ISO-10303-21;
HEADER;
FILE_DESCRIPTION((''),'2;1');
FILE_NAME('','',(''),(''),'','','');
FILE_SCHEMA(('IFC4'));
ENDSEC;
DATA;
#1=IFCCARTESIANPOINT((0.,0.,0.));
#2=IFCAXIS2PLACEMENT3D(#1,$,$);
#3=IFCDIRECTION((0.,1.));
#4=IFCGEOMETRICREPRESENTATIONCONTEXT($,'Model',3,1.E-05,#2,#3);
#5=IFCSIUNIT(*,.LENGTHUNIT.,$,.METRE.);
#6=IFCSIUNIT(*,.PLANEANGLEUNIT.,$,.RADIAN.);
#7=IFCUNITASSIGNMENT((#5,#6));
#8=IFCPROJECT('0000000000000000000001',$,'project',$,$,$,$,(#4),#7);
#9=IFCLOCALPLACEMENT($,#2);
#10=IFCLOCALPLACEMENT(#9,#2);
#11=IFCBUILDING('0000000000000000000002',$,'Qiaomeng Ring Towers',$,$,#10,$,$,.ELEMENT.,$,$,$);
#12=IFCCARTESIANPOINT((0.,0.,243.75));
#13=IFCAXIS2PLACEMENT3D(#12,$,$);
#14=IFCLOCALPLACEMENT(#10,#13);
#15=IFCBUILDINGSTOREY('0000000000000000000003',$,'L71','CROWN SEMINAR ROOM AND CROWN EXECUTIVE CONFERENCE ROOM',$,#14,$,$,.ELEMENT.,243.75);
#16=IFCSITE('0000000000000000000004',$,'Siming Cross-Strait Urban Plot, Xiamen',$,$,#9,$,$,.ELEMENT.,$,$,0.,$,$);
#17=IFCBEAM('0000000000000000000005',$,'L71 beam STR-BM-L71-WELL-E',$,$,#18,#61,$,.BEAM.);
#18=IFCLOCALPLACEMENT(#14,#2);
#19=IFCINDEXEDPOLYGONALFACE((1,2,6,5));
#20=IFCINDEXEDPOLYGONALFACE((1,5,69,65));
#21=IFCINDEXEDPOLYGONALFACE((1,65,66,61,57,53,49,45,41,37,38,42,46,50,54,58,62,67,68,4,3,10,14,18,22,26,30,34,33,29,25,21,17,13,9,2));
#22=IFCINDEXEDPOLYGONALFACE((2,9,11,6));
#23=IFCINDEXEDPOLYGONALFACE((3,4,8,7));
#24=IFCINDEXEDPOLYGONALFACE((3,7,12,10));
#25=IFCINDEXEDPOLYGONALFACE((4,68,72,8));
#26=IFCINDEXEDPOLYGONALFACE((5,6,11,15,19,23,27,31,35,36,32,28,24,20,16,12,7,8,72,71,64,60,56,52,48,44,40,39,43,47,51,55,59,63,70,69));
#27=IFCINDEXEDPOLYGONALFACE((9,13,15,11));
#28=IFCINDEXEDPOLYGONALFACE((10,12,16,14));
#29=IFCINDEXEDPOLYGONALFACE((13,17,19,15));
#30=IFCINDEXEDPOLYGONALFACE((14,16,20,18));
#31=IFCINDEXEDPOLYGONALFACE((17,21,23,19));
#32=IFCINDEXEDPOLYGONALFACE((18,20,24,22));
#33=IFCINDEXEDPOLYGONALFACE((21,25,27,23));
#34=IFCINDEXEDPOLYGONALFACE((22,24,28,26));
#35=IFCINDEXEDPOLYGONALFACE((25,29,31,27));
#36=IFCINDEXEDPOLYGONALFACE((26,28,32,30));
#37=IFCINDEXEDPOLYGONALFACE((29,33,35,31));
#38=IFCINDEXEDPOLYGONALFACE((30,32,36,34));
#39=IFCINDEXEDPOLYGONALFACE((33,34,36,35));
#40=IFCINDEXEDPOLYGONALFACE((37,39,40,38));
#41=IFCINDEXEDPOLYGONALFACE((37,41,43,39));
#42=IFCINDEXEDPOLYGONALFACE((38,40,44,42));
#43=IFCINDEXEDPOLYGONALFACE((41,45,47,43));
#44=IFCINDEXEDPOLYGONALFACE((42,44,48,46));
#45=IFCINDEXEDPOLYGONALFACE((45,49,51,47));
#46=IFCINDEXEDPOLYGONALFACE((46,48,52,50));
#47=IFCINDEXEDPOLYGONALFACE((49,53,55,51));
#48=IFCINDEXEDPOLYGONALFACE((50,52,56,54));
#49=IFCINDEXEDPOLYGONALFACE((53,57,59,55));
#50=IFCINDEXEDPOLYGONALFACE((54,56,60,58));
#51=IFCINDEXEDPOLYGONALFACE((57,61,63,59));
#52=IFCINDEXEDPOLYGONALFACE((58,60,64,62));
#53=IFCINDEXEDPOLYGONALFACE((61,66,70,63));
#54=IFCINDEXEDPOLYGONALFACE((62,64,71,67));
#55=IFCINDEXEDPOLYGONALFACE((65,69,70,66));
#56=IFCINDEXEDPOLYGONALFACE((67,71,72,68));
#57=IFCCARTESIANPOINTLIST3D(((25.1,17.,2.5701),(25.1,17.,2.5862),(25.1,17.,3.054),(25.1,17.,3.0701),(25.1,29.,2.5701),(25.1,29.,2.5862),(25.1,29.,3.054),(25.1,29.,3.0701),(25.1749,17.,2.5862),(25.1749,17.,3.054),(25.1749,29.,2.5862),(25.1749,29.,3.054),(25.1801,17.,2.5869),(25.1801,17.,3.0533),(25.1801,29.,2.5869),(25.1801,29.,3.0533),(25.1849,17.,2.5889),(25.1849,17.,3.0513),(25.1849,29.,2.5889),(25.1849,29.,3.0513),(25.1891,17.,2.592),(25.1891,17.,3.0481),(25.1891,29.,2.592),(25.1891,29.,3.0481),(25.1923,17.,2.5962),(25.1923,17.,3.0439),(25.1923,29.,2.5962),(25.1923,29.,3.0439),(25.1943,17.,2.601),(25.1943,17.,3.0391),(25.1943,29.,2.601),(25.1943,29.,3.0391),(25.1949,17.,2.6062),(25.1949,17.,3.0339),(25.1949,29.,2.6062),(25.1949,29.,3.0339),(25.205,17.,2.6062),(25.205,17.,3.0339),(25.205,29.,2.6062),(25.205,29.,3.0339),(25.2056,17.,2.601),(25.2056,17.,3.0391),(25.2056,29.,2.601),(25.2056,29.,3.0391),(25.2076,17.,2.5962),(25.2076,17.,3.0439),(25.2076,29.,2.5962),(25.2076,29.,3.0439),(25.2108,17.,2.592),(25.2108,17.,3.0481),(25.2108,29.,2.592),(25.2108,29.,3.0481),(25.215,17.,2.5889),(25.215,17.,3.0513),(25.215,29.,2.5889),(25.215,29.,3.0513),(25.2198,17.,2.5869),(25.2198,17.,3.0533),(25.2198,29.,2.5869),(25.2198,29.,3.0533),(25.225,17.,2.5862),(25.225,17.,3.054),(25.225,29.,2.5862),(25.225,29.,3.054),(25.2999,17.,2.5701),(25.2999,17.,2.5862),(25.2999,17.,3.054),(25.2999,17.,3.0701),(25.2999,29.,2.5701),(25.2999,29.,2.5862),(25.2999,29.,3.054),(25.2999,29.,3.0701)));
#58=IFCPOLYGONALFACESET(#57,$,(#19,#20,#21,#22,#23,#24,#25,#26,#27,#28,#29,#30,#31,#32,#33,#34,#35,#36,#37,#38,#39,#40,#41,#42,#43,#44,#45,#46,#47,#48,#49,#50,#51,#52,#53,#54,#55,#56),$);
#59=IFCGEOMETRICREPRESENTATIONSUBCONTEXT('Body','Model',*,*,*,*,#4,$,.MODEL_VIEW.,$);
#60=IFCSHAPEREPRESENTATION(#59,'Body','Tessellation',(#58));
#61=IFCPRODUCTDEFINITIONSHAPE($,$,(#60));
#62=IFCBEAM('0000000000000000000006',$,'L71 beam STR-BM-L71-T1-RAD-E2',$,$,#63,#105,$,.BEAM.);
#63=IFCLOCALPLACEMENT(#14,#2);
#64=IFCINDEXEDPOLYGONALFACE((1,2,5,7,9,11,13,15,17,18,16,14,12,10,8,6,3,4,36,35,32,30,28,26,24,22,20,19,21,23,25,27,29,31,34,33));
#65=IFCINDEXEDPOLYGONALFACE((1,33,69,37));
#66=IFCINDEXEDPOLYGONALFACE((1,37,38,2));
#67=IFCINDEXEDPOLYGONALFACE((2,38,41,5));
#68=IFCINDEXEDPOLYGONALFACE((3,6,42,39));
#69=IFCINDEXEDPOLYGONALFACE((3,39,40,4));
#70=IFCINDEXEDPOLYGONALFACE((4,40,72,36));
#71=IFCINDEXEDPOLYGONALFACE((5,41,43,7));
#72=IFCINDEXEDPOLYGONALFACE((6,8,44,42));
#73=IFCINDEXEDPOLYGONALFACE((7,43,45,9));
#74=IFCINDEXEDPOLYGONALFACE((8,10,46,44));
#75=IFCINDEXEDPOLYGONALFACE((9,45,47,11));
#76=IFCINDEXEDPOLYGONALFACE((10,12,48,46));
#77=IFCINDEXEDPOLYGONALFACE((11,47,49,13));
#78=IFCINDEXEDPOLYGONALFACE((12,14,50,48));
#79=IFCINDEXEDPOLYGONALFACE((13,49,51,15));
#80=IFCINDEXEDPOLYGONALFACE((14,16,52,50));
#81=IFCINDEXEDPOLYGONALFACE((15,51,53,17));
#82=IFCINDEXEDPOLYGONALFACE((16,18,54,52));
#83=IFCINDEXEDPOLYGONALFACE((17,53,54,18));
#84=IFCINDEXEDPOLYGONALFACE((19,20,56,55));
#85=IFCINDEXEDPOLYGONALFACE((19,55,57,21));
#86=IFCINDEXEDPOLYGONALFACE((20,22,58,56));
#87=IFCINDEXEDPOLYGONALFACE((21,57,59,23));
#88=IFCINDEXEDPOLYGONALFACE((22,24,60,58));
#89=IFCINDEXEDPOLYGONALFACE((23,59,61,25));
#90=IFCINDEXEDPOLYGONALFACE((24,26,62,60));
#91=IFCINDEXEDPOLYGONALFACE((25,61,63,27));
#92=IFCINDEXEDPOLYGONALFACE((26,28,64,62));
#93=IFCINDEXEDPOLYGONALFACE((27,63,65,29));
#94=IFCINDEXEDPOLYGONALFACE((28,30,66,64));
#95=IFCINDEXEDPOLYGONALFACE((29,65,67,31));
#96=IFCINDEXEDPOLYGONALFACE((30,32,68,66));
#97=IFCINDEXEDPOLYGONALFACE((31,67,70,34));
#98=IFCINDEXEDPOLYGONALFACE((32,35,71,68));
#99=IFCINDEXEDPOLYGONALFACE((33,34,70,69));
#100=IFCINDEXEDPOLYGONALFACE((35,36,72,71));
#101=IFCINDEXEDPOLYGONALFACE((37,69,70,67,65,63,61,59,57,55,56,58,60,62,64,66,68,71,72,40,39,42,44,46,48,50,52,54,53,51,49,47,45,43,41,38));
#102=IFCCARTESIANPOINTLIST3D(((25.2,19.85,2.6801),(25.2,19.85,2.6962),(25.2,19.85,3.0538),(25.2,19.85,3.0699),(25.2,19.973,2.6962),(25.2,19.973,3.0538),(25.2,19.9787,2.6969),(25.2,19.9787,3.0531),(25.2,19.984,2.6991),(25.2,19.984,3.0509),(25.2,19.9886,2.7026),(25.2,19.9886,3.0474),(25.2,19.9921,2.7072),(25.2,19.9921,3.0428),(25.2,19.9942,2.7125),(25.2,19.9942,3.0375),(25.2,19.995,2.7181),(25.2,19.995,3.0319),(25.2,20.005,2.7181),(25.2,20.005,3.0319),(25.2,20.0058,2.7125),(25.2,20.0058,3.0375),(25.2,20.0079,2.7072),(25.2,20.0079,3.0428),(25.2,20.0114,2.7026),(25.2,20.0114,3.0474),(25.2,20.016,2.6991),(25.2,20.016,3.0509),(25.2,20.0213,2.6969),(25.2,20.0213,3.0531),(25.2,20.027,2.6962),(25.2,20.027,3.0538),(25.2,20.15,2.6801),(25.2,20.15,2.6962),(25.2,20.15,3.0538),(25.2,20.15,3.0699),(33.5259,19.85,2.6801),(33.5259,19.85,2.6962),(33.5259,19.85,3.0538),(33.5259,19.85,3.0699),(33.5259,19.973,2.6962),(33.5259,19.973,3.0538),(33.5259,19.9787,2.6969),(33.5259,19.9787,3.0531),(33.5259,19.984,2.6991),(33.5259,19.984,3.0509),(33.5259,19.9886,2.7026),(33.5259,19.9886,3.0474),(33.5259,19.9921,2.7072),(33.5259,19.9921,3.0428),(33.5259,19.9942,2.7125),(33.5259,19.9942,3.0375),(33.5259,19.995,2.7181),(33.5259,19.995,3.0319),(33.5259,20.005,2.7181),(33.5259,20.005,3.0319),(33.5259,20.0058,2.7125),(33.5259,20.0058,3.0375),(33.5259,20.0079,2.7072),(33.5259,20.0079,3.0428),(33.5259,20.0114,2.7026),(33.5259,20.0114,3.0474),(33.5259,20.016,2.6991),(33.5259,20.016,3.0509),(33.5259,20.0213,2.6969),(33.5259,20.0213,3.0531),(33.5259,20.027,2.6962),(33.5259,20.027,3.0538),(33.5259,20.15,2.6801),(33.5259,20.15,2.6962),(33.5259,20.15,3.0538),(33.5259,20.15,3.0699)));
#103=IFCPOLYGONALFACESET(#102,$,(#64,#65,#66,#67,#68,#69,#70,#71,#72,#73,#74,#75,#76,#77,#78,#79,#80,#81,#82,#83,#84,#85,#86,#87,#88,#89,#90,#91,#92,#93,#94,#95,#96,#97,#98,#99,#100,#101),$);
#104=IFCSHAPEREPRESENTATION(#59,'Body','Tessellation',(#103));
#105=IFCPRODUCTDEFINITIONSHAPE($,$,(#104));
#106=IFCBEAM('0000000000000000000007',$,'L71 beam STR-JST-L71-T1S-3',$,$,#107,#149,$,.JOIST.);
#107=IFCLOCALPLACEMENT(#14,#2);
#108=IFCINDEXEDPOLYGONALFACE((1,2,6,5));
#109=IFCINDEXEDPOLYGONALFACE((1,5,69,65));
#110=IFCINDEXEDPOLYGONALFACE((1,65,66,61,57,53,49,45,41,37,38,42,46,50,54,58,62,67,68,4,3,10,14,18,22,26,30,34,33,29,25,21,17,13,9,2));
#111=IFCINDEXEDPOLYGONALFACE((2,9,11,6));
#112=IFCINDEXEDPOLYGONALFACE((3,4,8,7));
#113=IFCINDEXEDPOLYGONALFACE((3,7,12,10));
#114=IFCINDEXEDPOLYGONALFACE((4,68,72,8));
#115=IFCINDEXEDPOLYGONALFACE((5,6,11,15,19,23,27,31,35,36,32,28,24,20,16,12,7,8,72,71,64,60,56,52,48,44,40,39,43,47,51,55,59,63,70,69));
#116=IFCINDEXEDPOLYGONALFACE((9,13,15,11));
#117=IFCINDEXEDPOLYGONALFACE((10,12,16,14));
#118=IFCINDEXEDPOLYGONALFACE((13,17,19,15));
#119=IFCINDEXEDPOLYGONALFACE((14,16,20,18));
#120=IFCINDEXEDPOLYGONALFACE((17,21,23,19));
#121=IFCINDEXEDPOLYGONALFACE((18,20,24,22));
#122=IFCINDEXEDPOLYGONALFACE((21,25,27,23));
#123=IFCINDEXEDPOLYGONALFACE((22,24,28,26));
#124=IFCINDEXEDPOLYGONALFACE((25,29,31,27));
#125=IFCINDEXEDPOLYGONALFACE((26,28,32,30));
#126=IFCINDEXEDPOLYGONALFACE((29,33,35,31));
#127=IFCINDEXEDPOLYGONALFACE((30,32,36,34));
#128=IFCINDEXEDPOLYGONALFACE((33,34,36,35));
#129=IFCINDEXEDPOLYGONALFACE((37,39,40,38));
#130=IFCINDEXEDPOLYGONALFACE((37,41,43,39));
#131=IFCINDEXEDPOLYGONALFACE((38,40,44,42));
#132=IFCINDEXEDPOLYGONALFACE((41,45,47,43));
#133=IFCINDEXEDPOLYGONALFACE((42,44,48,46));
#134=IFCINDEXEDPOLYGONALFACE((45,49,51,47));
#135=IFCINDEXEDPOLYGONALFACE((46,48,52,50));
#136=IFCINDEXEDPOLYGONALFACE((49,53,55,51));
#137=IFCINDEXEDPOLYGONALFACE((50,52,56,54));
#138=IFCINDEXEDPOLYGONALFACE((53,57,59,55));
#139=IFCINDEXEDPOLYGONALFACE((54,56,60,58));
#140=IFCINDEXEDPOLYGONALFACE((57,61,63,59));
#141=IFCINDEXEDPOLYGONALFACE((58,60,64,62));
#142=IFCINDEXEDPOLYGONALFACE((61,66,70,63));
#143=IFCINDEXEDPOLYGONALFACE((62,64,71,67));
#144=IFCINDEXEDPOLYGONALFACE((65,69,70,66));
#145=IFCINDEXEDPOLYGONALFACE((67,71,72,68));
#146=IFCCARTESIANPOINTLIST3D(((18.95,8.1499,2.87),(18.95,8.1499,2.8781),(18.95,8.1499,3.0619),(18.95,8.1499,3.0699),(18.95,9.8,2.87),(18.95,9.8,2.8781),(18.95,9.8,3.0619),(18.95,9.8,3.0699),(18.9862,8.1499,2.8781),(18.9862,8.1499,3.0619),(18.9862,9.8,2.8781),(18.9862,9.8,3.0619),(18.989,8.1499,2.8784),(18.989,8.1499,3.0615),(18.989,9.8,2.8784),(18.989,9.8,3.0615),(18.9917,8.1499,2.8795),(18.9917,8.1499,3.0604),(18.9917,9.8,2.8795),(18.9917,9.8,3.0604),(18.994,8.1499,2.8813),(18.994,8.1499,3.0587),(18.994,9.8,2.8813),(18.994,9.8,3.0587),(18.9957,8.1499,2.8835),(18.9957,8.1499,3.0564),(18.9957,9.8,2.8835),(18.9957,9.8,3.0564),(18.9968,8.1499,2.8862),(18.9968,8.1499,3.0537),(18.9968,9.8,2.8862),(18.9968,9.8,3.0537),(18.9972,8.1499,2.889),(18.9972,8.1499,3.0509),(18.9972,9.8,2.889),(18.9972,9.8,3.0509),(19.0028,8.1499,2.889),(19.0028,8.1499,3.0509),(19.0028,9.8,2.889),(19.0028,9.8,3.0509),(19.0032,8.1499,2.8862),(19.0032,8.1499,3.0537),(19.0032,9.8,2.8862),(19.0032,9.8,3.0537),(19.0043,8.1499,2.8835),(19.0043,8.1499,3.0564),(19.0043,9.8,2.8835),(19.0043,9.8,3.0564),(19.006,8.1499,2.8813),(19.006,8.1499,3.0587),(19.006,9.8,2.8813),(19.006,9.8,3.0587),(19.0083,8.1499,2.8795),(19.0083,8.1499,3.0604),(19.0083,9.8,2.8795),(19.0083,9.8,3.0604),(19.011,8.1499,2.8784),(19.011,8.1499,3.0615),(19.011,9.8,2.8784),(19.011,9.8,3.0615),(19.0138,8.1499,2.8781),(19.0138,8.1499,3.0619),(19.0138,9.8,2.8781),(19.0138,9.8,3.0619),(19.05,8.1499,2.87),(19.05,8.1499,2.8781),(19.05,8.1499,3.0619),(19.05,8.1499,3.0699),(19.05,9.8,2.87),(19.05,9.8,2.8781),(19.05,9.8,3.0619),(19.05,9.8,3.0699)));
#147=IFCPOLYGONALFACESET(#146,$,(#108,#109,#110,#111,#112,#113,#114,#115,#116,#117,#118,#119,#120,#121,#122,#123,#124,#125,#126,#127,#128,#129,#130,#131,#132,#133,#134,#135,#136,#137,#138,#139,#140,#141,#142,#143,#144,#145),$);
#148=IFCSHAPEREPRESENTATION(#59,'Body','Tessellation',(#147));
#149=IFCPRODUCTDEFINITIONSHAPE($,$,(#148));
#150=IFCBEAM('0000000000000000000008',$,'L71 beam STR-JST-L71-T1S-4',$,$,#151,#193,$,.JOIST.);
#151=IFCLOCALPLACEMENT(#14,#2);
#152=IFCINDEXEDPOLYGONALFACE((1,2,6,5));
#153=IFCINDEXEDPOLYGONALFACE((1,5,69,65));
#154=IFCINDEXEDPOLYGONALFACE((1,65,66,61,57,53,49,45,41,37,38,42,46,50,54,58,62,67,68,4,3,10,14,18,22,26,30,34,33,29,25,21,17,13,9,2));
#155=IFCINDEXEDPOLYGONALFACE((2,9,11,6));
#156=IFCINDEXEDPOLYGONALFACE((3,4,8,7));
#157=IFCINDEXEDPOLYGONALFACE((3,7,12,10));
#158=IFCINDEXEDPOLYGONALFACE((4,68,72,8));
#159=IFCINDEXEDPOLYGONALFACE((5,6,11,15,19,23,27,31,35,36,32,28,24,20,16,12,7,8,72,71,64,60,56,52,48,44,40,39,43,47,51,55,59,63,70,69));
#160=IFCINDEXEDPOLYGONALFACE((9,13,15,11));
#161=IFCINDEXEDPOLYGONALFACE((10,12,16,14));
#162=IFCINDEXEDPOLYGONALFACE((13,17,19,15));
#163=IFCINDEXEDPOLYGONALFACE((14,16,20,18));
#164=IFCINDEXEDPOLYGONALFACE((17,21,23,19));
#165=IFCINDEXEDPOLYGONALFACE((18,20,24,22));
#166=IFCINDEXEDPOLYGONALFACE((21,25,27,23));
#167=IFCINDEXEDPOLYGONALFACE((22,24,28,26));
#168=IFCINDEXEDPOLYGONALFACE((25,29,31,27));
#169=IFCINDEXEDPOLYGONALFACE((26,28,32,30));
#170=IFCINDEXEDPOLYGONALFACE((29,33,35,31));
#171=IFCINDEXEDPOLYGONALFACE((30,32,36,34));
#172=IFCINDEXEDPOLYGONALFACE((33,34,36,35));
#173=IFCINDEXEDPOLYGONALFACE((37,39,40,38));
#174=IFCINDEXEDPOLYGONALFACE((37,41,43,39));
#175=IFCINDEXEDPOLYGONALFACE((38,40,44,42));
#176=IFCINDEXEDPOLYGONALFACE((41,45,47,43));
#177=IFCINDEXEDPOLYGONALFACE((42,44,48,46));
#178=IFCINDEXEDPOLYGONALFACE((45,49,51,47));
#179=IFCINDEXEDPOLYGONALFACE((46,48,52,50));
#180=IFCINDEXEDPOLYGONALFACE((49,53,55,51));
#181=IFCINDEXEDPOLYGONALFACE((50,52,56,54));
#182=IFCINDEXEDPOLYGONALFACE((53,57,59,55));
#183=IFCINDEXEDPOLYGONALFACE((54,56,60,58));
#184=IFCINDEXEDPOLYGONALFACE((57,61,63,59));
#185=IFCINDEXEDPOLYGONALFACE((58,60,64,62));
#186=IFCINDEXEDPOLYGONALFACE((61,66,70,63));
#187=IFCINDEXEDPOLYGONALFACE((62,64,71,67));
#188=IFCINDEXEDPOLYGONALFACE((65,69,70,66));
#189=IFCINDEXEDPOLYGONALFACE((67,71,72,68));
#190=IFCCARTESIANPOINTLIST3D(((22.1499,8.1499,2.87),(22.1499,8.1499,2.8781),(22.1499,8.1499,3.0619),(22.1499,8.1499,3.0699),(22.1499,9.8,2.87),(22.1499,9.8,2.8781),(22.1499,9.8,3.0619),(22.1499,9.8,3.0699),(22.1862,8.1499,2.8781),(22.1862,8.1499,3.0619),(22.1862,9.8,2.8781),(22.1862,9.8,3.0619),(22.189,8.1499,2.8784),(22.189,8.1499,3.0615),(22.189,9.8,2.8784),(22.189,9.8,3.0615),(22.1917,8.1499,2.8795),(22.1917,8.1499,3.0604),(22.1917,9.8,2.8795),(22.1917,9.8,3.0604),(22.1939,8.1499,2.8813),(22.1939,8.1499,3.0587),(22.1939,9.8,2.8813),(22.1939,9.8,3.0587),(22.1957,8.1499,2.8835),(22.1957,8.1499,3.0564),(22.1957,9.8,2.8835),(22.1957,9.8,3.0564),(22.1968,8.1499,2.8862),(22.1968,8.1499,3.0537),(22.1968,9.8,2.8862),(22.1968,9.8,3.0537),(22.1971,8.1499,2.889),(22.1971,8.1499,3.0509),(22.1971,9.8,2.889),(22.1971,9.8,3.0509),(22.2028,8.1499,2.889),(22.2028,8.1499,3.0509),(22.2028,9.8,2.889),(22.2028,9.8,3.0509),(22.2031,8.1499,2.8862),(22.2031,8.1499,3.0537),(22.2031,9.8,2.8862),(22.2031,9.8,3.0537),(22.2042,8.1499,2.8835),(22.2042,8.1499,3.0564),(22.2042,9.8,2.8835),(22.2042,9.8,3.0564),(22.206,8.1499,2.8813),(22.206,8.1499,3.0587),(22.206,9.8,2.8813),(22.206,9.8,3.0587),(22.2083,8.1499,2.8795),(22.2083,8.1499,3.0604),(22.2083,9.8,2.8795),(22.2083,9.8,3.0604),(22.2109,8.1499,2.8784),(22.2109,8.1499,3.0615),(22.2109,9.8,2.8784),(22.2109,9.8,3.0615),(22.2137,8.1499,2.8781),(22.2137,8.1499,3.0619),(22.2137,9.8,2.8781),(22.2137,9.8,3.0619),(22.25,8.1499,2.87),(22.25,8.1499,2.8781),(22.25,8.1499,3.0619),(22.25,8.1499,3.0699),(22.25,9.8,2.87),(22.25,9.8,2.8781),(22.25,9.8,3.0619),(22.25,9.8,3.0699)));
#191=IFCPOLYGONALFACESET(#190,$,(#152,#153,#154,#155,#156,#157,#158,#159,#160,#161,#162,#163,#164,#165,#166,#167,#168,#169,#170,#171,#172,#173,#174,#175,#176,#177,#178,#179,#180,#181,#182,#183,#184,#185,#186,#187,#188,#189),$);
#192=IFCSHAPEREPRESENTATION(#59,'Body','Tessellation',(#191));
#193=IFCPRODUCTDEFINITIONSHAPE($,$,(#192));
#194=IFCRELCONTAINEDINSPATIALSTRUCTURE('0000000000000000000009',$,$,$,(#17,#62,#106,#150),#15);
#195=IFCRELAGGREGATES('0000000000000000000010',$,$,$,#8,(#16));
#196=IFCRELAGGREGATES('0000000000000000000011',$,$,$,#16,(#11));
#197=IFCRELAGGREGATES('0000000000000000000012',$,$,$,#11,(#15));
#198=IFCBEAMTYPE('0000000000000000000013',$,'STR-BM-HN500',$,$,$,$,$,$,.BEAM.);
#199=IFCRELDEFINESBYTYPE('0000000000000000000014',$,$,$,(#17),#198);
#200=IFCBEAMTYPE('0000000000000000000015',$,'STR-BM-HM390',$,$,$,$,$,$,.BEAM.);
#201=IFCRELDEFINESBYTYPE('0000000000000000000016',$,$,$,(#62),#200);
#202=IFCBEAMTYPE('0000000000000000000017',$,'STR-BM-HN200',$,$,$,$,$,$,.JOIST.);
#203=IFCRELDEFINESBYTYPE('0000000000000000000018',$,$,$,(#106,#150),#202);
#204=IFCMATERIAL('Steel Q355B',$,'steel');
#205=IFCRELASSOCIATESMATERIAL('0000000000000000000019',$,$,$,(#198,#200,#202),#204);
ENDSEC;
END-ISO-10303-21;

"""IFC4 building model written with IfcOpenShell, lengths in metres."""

from ifc_helpers import new_model, si_unit, direction, frame, origin, origin_2d, place, context, subcontext, project, spatial, i_section, extrude, source, transform, mapped, material, material_profile, profile_set, type_object, element, save


model = new_model("IFC4")

# Units and contexts
model_context = context("Model", 3, precision=1e-05, world=origin(), true_north=direction((0.0, 1.0)))
body_context = subcontext(model_context, "Body", "Model", "MODEL_VIEW")
ifc_project = project(units=[si_unit("LENGTHUNIT", "METRE"), si_unit("PLANEANGLEUNIT", "RADIAN")], contexts=[model_context])

# Site, building, storey
site_placement = place(None, origin())
site = spatial("IfcSite", under=ifc_project, at=site_placement, Name="Siming Cross-Strait Urban Plot, Xiamen", CompositionType="ELEMENT", RefElevation=0.0)
building_placement = place(site_placement, origin())
building = spatial("IfcBuilding", under=site, at=building_placement, Name="Qiaomeng Ring Towers", CompositionType="ELEMENT")
storey_placement = place(building_placement, frame((0.0, 0.0, 243.75)))
storey = spatial("IfcBuildingStorey", under=building, at=storey_placement, Name="L71", Description="CROWN SEMINAR ROOM AND CROWN EXECUTIVE CONFERENCE ROOM", CompositionType="ELEMENT", Elevation=243.75)

# Beams
ifc_material_1 = material(Name="Steel Q355B", Category="steel")
ifc_material_profile_1 = material_profile(ifc_material_1, i_section(OverallWidth=0.2, OverallDepth=0.5, WebThickness=0.01, FlangeThickness=0.0161, FilletRadius=0.02, at=origin_2d()), Name="HN 500x200x10x16")
ifc_profile_set_1 = profile_set([ifc_material_profile_1], Name="Steel Q355B")
beam_type_1 = type_object("IfcBeamType", Name="STR-BM-HN500", PredefinedType="BEAM", material=ifc_profile_set_1)
shared_shape_1 = source(origin(), body_context, "Body", "SweptSolid", [
    extrude(i_section(OverallWidth=0.2, OverallDepth=0.5, WebThickness=0.01, FlangeThickness=0.0161, FilletRadius=0.02, at=origin_2d()), origin(), (0.0, 0.0, 1.0), 12.0),
])
beam_1_placement = place(storey_placement, frame((25.2, 17.0, 2.8201), z_axis=(0.0, 1.0, 0.0), x_axis=(-1.0, 0.0, 0.0)))
element("IfcBeam", 1, at=beam_1_placement, inside=storey, type_object=beam_type_1, Name="L71 beam STR-BM-L71-WELL-E", PredefinedType="BEAM", context=body_context, shape_type="MappedRepresentation", body=[
    mapped(shared_shape_1, transform((0.0, 0.0, 0.0), x_axis=(1.0, 0.0, 0.0), y_axis=(0.0, 1.0, 0.0), z_axis=(0.0, 0.0, 1.0), scale=1.0)),
])
ifc_material_profile_2 = material_profile(ifc_material_1, i_section(OverallWidth=0.3, OverallDepth=0.3899, WebThickness=0.01, FlangeThickness=0.0161, FilletRadius=0.022, at=origin_2d()), Name="HM 390x300x10x16")
ifc_profile_set_2 = profile_set([ifc_material_profile_2], Name="Steel Q355B")
beam_type_2 = type_object("IfcBeamType", Name="STR-BM-HM390", PredefinedType="BEAM", material=ifc_profile_set_2)
shared_shape_2 = source(origin(), body_context, "Body", "SweptSolid", [
    extrude(i_section(OverallWidth=0.3, OverallDepth=0.3899, WebThickness=0.01, FlangeThickness=0.0161, FilletRadius=0.022, at=origin_2d()), origin(), (0.0, 0.0, 1.0), 8.3259),
])
beam_2_placement = place(storey_placement, frame((25.2, 20.0, 2.875), z_axis=(1.0, 0.0, 0.0), x_axis=(0.0, 1.0, 0.0)))
element("IfcBeam", 2, at=beam_2_placement, inside=storey, type_object=beam_type_2, Name="L71 beam STR-BM-L71-T1-RAD-E2", PredefinedType="BEAM", context=body_context, shape_type="MappedRepresentation", body=[
    mapped(shared_shape_2, transform((0.0, 0.0, 0.0), x_axis=(1.0, 0.0, 0.0), y_axis=(0.0, 1.0, 0.0), z_axis=(0.0, 0.0, 1.0), scale=1.0)),
])
ifc_material_profile_3 = material_profile(ifc_material_1, i_section(OverallWidth=0.1001, OverallDepth=0.2, WebThickness=0.0056, FlangeThickness=0.0081, FilletRadius=0.011, at=origin_2d()), Name="HN 200x100x5.5x8")
ifc_profile_set_3 = profile_set([ifc_material_profile_3], Name="Steel Q355B")
beam_type_3 = type_object("IfcBeamType", Name="STR-BM-HN200", PredefinedType="JOIST", material=ifc_profile_set_3)
shared_shape_3 = source(origin(), body_context, "Body", "SweptSolid", [
    extrude(i_section(OverallWidth=0.1001, OverallDepth=0.2, WebThickness=0.0056, FlangeThickness=0.0081, FilletRadius=0.011, at=origin_2d()), origin(), (0.0, 0.0, 1.0), 1.6501),
])
for number, where, z_axis, x_axis, name in (
    (3, (19.0, 8.1499, 2.97), (0.0, 1.0, 0.0), (-1.0, 0.0, 0.0), "L71 beam STR-JST-L71-T1S-3"),
    (4, (22.2, 8.1499, 2.97), (0.0, 1.0, 0.0), (-1.0, 0.0, 0.0), "L71 beam STR-JST-L71-T1S-4"),
):
    element("IfcBeam", number, at=place(storey_placement, frame(where, z_axis=z_axis, x_axis=x_axis)), inside=storey, type_object=beam_type_3, Name=name, PredefinedType="JOIST", context=body_context, shape_type="MappedRepresentation", body=[
        mapped(shared_shape_3, transform((0.0, 0.0, 0.0), x_axis=(1.0, 0.0, 0.0), y_axis=(0.0, 1.0, 0.0), z_axis=(0.0, 0.0, 1.0), scale=1.0)),
    ])

save(model, "model.ifc")
